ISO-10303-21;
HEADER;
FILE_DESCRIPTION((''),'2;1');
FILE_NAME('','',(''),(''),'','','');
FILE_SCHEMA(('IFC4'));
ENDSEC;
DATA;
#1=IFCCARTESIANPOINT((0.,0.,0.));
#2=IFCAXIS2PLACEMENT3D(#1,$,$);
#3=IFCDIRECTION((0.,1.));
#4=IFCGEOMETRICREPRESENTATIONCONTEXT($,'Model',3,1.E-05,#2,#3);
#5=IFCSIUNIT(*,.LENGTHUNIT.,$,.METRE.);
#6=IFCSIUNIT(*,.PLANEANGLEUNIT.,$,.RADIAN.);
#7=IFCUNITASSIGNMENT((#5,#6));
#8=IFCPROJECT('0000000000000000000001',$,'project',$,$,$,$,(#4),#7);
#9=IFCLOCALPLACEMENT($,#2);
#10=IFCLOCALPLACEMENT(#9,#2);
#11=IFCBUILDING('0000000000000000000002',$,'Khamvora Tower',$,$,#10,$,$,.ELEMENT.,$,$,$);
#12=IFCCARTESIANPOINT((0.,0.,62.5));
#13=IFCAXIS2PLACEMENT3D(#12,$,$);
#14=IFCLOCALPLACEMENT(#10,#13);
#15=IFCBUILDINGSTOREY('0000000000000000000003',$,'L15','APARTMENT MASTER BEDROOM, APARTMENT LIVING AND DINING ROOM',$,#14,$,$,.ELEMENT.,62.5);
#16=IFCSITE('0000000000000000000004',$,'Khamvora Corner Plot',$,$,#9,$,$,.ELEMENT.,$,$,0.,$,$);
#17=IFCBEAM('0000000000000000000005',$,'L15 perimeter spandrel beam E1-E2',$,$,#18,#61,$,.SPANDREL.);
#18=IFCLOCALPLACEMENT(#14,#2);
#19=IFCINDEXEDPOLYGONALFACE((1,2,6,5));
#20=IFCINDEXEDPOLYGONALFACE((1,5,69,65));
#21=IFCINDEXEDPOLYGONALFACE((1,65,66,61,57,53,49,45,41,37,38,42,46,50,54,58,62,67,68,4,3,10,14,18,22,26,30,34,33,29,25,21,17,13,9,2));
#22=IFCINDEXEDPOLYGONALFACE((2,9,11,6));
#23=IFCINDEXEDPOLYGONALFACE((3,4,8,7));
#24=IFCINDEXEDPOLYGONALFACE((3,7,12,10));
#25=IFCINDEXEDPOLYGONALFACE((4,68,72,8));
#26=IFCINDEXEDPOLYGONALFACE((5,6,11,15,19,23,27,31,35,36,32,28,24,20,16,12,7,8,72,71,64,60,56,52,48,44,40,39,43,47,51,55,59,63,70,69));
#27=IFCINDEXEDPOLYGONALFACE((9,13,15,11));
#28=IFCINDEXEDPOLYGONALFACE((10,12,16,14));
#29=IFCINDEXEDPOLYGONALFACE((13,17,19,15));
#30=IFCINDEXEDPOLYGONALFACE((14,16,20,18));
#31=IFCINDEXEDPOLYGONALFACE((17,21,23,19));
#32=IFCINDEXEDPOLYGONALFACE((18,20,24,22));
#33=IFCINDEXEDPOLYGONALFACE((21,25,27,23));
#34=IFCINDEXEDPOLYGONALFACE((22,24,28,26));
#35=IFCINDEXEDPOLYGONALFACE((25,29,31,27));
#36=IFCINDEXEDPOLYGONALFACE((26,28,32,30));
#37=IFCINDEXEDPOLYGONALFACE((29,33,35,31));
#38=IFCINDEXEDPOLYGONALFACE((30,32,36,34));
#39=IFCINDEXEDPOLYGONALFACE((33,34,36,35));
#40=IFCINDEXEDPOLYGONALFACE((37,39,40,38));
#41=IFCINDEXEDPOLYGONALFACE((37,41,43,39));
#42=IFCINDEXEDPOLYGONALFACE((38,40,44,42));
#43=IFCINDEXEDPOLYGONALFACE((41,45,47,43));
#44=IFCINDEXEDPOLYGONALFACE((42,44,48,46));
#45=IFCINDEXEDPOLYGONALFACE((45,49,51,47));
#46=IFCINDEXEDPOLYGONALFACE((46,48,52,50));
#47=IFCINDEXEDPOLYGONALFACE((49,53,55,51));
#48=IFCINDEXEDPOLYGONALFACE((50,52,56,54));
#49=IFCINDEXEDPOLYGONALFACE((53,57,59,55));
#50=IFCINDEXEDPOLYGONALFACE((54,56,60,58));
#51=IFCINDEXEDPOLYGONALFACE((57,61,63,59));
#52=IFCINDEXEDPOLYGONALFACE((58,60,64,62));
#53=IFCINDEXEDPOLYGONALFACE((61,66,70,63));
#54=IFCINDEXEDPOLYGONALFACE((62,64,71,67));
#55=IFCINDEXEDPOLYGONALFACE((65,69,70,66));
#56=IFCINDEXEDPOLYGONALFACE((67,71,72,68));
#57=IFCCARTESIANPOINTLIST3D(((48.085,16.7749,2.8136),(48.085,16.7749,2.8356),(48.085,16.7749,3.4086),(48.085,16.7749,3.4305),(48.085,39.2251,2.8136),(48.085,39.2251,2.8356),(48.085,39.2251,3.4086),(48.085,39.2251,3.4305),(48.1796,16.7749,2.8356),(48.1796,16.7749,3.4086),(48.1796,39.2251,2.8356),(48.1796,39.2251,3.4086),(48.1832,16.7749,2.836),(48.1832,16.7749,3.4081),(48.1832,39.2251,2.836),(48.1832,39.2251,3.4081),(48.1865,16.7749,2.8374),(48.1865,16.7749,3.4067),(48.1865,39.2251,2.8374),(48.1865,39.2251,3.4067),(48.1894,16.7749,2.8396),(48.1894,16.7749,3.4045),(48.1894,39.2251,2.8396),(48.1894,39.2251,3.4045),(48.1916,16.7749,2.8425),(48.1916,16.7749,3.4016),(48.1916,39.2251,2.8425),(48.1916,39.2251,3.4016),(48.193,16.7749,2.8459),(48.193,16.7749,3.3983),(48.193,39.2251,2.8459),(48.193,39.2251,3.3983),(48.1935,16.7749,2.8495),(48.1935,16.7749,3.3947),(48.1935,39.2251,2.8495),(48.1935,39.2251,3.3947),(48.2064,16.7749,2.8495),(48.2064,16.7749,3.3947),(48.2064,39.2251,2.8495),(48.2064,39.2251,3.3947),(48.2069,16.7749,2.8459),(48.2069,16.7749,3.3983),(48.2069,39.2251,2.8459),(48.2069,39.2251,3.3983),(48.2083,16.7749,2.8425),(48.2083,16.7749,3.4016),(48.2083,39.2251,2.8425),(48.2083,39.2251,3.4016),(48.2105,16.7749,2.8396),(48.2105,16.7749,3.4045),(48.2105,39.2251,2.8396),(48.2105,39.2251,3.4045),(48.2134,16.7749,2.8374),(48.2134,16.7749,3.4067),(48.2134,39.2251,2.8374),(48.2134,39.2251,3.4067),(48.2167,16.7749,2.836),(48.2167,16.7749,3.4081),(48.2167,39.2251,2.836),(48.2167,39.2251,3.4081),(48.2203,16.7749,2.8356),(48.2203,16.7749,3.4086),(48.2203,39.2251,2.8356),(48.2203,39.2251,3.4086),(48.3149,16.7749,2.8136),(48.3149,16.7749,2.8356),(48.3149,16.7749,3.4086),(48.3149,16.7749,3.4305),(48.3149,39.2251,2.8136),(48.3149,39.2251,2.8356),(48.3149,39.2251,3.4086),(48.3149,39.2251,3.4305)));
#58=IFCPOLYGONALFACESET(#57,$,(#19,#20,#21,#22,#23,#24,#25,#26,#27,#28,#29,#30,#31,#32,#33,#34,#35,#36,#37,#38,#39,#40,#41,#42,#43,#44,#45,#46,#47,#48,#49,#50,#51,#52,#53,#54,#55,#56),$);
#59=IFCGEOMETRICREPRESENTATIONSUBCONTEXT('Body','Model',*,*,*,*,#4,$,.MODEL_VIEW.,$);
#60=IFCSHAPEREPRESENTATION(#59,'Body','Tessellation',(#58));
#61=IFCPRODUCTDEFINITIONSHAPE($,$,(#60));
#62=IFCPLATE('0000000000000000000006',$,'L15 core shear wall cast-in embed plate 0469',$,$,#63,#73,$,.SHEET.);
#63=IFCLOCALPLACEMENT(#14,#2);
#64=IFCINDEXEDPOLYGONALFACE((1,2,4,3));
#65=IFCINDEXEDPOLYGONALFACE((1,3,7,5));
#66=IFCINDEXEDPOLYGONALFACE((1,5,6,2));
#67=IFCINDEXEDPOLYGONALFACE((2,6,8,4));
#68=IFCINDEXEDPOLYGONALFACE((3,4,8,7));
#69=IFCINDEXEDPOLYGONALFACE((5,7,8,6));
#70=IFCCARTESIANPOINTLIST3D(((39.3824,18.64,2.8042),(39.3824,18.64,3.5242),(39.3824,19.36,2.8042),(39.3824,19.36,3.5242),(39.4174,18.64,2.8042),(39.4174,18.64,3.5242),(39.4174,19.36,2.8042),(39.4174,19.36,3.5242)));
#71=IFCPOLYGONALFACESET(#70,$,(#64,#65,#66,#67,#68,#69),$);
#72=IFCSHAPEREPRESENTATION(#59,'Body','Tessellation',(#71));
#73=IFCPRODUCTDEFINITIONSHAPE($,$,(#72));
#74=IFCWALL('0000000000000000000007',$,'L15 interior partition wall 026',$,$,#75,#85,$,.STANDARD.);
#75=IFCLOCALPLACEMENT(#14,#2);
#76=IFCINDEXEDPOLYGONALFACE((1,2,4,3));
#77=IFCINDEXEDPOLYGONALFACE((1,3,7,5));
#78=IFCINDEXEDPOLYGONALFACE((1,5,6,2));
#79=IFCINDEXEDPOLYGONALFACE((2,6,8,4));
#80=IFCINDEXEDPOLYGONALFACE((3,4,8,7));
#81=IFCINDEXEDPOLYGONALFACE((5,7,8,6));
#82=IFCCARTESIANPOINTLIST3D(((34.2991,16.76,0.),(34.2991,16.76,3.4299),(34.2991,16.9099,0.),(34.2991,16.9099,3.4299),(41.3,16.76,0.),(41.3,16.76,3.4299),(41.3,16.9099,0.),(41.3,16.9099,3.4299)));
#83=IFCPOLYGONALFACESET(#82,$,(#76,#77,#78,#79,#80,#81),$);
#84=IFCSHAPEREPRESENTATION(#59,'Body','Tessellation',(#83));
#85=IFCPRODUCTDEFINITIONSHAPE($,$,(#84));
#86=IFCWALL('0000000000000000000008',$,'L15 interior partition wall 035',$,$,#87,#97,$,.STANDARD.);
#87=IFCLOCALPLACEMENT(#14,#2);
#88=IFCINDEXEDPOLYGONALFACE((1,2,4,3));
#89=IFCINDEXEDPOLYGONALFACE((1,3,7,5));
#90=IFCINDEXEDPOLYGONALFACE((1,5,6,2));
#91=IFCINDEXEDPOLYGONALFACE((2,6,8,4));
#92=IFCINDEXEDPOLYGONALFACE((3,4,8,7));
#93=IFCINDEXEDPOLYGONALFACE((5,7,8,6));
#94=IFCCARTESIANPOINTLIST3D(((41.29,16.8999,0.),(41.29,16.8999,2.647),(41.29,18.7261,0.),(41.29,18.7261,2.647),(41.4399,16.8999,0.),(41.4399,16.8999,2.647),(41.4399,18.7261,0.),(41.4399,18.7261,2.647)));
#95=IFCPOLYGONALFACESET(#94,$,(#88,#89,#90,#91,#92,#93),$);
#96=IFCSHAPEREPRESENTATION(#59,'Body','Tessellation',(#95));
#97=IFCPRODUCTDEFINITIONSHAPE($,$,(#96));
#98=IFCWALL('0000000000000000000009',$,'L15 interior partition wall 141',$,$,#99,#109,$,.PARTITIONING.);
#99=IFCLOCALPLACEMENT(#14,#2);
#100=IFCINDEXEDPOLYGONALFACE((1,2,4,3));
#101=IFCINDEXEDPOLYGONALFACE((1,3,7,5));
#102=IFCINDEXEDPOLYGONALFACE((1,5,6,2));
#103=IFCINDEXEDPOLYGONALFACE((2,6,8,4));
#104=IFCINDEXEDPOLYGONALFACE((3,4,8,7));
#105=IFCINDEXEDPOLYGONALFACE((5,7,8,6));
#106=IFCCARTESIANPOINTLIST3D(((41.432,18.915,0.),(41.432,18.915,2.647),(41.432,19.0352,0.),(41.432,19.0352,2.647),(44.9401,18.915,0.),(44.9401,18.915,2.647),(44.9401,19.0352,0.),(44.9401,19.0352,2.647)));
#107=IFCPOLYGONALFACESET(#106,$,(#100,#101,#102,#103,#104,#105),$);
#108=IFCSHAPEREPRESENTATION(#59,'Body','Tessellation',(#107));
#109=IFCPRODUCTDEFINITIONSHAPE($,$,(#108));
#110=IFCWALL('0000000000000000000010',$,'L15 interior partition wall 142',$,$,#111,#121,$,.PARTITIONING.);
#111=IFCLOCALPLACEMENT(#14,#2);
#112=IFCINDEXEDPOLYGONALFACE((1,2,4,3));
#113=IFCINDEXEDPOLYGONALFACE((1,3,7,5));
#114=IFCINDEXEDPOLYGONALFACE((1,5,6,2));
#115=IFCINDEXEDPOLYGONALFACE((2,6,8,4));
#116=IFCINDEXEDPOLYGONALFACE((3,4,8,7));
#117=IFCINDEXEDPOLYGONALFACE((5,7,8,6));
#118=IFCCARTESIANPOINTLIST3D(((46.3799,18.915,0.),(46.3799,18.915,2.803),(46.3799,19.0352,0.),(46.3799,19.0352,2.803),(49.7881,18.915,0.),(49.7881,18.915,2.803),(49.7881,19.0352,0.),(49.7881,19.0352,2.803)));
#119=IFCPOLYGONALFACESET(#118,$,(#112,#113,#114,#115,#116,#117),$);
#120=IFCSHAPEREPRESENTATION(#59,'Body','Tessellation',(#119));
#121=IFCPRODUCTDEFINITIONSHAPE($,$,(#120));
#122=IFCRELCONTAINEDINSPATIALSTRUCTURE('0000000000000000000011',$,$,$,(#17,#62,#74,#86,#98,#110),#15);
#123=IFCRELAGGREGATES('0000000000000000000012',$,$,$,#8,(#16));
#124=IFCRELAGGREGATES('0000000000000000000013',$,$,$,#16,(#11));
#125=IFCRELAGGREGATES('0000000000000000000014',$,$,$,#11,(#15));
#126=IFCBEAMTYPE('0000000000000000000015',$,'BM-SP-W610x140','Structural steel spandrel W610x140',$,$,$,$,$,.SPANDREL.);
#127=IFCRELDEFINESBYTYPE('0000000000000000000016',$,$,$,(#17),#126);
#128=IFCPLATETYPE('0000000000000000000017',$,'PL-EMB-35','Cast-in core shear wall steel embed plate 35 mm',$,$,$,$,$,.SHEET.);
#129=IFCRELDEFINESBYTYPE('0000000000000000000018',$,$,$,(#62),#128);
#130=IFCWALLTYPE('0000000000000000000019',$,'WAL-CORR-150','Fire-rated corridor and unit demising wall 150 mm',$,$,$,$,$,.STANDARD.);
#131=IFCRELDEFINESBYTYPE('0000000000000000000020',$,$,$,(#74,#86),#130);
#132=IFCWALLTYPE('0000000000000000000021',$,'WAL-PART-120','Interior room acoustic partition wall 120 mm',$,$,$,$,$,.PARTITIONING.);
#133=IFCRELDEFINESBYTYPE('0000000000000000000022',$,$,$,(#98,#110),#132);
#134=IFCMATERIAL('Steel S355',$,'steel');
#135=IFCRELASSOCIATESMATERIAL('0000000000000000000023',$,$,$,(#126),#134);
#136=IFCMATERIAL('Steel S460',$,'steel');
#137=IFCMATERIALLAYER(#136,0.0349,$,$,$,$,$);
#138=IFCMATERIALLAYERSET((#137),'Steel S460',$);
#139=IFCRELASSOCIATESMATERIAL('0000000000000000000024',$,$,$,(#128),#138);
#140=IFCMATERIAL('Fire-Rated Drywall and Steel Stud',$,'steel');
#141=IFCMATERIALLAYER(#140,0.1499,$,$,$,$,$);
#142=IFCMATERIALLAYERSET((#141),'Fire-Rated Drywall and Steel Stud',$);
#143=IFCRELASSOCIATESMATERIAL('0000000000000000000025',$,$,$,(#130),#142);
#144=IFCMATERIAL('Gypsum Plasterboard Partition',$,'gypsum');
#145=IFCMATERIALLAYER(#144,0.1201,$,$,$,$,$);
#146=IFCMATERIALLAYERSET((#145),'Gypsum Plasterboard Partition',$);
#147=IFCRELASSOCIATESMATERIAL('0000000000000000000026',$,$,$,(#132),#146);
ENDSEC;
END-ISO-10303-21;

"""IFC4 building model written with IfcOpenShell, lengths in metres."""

from ifc_helpers import new_model, si_unit, direction, frame, frame_2d, origin, origin_2d, place, context, subcontext, project, spatial, rectangle, i_section, extrude, material, layer, layer_set, material_profile, profile_set, type_object, element, save


model = new_model("IFC4")

# Units and contexts
model_context = context("Model", 3, precision=1e-05, world=origin(), true_north=direction((0.0, 1.0)))
body_context = subcontext(model_context, "Body", "Model", "MODEL_VIEW")
ifc_project = project(units=[si_unit("LENGTHUNIT", "METRE"), si_unit("PLANEANGLEUNIT", "RADIAN")], contexts=[model_context])

# Site, building, storey
site_placement = place(None, origin())
site = spatial("IfcSite", under=ifc_project, at=site_placement, Name="Khamvora Corner Plot", CompositionType="ELEMENT", RefElevation=0.0)
building_placement = place(site_placement, origin())
building = spatial("IfcBuilding", under=site, at=building_placement, Name="Khamvora Tower", CompositionType="ELEMENT")
storey_placement = place(building_placement, frame((0.0, 0.0, 62.5)))
storey = spatial("IfcBuildingStorey", under=building, at=storey_placement, Name="L15", Description="APARTMENT MASTER BEDROOM, APARTMENT LIVING AND DINING ROOM", CompositionType="ELEMENT", Elevation=62.5)

# Shared definitions
ifc_material_1 = material(Name="Steel S460", Category="steel")

# Beam
ifc_material_2 = material(Name="Steel S355", Category="steel")
ifc_material_profile_1 = material_profile(ifc_material_2, i_section(OverallWidth=0.23, OverallDepth=0.6169, WebThickness=0.0129, FlangeThickness=0.022, FilletRadius=0.0139, at=origin_2d()), Name="W610x140")
ifc_profile_set_1 = profile_set([ifc_material_profile_1], Name="Steel S355")
beam_type_1 = type_object("IfcBeamType", Name="BM-SP-W610x140", Description="Structural steel spandrel W610x140", PredefinedType="SPANDREL", material=ifc_profile_set_1)
beam_1_placement = place(storey_placement, frame((48.2, 16.7749, 3.1221), z_axis=(0.0, 1.0, 0.0), x_axis=(-1.0, 0.0, 0.0)))
element("IfcBeam", 1, at=beam_1_placement, inside=storey, type_object=beam_type_1, Name="L15 perimeter spandrel beam E1-E2", PredefinedType="SPANDREL", context=body_context, shape_type="SweptSolid", body=[
    extrude(i_section(OverallWidth=0.23, OverallDepth=0.6169, WebThickness=0.0129, FlangeThickness=0.022, FilletRadius=0.0139, at=origin_2d()), origin(), (0.0, 0.0, 1.0), 22.4502),
])

# Plate
ifc_layer_1 = layer(ifc_material_1, 0.0349)
ifc_layer_set_1 = layer_set([ifc_layer_1], Name="Steel S460")
plate_type = type_object("IfcPlateType", Name="PL-EMB-35", Description="Cast-in core shear wall steel embed plate 35 mm", PredefinedType="SHEET", material=ifc_layer_set_1)
plate_placement = place(storey_placement, frame((39.3999, 19.0, 2.8042), z_axis=(0.0, 0.0, 1.0), x_axis=(1.0, 0.0, 0.0)))
element("IfcPlate", 2, at=plate_placement, inside=storey, type_object=plate_type, Name="L15 core shear wall cast-in embed plate 0469", PredefinedType="SHEET", context=body_context, shape_type="SweptSolid", body=[
    extrude(rectangle(XDim=0.0349, YDim=0.72, at=origin_2d()), origin(), (0.0, 0.0, 1.0), 0.72),
])

# Walls
ifc_material_3 = material(Name="Fire-Rated Drywall and Steel Stud", Category="steel")
ifc_layer_2 = layer(ifc_material_3, 0.1499)
ifc_layer_set_2 = layer_set([ifc_layer_2], Name="Fire-Rated Drywall and Steel Stud")
wall_type_1 = type_object("IfcWallType", Name="WAL-CORR-150", Description="Fire-rated corridor and unit demising wall 150 mm", PredefinedType="STANDARD", material=ifc_layer_set_2)
wall_1_placement = place(storey_placement, frame((41.3, 16.835, 0.0), z_axis=(0.0, 0.0, 1.0), x_axis=(-1.0, 0.0, 0.0)))
element("IfcWall", 3, at=wall_1_placement, inside=storey, type_object=wall_type_1, Name="L15 interior partition wall 026", PredefinedType="STANDARD", context=body_context, shape_type="SweptSolid", body=[
    extrude(rectangle(XDim=7.001, YDim=0.1499, at=frame_2d((3.5005, 0.0))), origin(), (0.0, 0.0, 1.0), 3.4299),
])
wall_2_placement = place(storey_placement, frame((41.365, 18.7261, 0.0), z_axis=(0.0, 0.0, 1.0), x_axis=(0.0, -1.0, 0.0)))
element("IfcWall", 4, at=wall_2_placement, inside=storey, type_object=wall_type_1, Name="L15 interior partition wall 035", PredefinedType="STANDARD", context=body_context, shape_type="SweptSolid", body=[
    extrude(rectangle(XDim=1.8262, YDim=0.1499, at=frame_2d((0.9131, 0.0))), origin(), (0.0, 0.0, 1.0), 2.647),
])
ifc_material_4 = material(Name="Gypsum Plasterboard Partition", Category="gypsum")
ifc_layer_3 = layer(ifc_material_4, 0.1201)
ifc_layer_set_3 = layer_set([ifc_layer_3], Name="Gypsum Plasterboard Partition")
wall_type_2 = type_object("IfcWallType", Name="WAL-PART-120", Description="Interior room acoustic partition wall 120 mm", PredefinedType="PARTITIONING", material=ifc_layer_set_3)
wall_3_placement = place(storey_placement, frame((44.9399, 18.9751, 0.0), z_axis=(0.0, 0.0, 1.0), x_axis=(-1.0, 0.0, 0.0)))
element("IfcWall", 5, at=wall_3_placement, inside=storey, type_object=wall_type_2, Name="L15 interior partition wall 141", PredefinedType="PARTITIONING", context=body_context, shape_type="SweptSolid", body=[
    extrude(rectangle(XDim=3.5081, YDim=0.1201, at=frame_2d((1.7539, 0.0))), origin(), (0.0, 0.0, 1.0), 2.647),
])
wall_4_placement = place(storey_placement, frame((49.7881, 18.9751, 0.0), z_axis=(0.0, 0.0, 1.0), x_axis=(-1.0, 0.0, 0.0)))
element("IfcWall", 6, at=wall_4_placement, inside=storey, type_object=wall_type_2, Name="L15 interior partition wall 142", PredefinedType="PARTITIONING", context=body_context, shape_type="SweptSolid", body=[
    extrude(rectangle(XDim=3.4082, YDim=0.1201, at=frame_2d((1.7041, 0.0))), origin(), (0.0, 0.0, 1.0), 2.803),
])

save(model, "model.ifc")
